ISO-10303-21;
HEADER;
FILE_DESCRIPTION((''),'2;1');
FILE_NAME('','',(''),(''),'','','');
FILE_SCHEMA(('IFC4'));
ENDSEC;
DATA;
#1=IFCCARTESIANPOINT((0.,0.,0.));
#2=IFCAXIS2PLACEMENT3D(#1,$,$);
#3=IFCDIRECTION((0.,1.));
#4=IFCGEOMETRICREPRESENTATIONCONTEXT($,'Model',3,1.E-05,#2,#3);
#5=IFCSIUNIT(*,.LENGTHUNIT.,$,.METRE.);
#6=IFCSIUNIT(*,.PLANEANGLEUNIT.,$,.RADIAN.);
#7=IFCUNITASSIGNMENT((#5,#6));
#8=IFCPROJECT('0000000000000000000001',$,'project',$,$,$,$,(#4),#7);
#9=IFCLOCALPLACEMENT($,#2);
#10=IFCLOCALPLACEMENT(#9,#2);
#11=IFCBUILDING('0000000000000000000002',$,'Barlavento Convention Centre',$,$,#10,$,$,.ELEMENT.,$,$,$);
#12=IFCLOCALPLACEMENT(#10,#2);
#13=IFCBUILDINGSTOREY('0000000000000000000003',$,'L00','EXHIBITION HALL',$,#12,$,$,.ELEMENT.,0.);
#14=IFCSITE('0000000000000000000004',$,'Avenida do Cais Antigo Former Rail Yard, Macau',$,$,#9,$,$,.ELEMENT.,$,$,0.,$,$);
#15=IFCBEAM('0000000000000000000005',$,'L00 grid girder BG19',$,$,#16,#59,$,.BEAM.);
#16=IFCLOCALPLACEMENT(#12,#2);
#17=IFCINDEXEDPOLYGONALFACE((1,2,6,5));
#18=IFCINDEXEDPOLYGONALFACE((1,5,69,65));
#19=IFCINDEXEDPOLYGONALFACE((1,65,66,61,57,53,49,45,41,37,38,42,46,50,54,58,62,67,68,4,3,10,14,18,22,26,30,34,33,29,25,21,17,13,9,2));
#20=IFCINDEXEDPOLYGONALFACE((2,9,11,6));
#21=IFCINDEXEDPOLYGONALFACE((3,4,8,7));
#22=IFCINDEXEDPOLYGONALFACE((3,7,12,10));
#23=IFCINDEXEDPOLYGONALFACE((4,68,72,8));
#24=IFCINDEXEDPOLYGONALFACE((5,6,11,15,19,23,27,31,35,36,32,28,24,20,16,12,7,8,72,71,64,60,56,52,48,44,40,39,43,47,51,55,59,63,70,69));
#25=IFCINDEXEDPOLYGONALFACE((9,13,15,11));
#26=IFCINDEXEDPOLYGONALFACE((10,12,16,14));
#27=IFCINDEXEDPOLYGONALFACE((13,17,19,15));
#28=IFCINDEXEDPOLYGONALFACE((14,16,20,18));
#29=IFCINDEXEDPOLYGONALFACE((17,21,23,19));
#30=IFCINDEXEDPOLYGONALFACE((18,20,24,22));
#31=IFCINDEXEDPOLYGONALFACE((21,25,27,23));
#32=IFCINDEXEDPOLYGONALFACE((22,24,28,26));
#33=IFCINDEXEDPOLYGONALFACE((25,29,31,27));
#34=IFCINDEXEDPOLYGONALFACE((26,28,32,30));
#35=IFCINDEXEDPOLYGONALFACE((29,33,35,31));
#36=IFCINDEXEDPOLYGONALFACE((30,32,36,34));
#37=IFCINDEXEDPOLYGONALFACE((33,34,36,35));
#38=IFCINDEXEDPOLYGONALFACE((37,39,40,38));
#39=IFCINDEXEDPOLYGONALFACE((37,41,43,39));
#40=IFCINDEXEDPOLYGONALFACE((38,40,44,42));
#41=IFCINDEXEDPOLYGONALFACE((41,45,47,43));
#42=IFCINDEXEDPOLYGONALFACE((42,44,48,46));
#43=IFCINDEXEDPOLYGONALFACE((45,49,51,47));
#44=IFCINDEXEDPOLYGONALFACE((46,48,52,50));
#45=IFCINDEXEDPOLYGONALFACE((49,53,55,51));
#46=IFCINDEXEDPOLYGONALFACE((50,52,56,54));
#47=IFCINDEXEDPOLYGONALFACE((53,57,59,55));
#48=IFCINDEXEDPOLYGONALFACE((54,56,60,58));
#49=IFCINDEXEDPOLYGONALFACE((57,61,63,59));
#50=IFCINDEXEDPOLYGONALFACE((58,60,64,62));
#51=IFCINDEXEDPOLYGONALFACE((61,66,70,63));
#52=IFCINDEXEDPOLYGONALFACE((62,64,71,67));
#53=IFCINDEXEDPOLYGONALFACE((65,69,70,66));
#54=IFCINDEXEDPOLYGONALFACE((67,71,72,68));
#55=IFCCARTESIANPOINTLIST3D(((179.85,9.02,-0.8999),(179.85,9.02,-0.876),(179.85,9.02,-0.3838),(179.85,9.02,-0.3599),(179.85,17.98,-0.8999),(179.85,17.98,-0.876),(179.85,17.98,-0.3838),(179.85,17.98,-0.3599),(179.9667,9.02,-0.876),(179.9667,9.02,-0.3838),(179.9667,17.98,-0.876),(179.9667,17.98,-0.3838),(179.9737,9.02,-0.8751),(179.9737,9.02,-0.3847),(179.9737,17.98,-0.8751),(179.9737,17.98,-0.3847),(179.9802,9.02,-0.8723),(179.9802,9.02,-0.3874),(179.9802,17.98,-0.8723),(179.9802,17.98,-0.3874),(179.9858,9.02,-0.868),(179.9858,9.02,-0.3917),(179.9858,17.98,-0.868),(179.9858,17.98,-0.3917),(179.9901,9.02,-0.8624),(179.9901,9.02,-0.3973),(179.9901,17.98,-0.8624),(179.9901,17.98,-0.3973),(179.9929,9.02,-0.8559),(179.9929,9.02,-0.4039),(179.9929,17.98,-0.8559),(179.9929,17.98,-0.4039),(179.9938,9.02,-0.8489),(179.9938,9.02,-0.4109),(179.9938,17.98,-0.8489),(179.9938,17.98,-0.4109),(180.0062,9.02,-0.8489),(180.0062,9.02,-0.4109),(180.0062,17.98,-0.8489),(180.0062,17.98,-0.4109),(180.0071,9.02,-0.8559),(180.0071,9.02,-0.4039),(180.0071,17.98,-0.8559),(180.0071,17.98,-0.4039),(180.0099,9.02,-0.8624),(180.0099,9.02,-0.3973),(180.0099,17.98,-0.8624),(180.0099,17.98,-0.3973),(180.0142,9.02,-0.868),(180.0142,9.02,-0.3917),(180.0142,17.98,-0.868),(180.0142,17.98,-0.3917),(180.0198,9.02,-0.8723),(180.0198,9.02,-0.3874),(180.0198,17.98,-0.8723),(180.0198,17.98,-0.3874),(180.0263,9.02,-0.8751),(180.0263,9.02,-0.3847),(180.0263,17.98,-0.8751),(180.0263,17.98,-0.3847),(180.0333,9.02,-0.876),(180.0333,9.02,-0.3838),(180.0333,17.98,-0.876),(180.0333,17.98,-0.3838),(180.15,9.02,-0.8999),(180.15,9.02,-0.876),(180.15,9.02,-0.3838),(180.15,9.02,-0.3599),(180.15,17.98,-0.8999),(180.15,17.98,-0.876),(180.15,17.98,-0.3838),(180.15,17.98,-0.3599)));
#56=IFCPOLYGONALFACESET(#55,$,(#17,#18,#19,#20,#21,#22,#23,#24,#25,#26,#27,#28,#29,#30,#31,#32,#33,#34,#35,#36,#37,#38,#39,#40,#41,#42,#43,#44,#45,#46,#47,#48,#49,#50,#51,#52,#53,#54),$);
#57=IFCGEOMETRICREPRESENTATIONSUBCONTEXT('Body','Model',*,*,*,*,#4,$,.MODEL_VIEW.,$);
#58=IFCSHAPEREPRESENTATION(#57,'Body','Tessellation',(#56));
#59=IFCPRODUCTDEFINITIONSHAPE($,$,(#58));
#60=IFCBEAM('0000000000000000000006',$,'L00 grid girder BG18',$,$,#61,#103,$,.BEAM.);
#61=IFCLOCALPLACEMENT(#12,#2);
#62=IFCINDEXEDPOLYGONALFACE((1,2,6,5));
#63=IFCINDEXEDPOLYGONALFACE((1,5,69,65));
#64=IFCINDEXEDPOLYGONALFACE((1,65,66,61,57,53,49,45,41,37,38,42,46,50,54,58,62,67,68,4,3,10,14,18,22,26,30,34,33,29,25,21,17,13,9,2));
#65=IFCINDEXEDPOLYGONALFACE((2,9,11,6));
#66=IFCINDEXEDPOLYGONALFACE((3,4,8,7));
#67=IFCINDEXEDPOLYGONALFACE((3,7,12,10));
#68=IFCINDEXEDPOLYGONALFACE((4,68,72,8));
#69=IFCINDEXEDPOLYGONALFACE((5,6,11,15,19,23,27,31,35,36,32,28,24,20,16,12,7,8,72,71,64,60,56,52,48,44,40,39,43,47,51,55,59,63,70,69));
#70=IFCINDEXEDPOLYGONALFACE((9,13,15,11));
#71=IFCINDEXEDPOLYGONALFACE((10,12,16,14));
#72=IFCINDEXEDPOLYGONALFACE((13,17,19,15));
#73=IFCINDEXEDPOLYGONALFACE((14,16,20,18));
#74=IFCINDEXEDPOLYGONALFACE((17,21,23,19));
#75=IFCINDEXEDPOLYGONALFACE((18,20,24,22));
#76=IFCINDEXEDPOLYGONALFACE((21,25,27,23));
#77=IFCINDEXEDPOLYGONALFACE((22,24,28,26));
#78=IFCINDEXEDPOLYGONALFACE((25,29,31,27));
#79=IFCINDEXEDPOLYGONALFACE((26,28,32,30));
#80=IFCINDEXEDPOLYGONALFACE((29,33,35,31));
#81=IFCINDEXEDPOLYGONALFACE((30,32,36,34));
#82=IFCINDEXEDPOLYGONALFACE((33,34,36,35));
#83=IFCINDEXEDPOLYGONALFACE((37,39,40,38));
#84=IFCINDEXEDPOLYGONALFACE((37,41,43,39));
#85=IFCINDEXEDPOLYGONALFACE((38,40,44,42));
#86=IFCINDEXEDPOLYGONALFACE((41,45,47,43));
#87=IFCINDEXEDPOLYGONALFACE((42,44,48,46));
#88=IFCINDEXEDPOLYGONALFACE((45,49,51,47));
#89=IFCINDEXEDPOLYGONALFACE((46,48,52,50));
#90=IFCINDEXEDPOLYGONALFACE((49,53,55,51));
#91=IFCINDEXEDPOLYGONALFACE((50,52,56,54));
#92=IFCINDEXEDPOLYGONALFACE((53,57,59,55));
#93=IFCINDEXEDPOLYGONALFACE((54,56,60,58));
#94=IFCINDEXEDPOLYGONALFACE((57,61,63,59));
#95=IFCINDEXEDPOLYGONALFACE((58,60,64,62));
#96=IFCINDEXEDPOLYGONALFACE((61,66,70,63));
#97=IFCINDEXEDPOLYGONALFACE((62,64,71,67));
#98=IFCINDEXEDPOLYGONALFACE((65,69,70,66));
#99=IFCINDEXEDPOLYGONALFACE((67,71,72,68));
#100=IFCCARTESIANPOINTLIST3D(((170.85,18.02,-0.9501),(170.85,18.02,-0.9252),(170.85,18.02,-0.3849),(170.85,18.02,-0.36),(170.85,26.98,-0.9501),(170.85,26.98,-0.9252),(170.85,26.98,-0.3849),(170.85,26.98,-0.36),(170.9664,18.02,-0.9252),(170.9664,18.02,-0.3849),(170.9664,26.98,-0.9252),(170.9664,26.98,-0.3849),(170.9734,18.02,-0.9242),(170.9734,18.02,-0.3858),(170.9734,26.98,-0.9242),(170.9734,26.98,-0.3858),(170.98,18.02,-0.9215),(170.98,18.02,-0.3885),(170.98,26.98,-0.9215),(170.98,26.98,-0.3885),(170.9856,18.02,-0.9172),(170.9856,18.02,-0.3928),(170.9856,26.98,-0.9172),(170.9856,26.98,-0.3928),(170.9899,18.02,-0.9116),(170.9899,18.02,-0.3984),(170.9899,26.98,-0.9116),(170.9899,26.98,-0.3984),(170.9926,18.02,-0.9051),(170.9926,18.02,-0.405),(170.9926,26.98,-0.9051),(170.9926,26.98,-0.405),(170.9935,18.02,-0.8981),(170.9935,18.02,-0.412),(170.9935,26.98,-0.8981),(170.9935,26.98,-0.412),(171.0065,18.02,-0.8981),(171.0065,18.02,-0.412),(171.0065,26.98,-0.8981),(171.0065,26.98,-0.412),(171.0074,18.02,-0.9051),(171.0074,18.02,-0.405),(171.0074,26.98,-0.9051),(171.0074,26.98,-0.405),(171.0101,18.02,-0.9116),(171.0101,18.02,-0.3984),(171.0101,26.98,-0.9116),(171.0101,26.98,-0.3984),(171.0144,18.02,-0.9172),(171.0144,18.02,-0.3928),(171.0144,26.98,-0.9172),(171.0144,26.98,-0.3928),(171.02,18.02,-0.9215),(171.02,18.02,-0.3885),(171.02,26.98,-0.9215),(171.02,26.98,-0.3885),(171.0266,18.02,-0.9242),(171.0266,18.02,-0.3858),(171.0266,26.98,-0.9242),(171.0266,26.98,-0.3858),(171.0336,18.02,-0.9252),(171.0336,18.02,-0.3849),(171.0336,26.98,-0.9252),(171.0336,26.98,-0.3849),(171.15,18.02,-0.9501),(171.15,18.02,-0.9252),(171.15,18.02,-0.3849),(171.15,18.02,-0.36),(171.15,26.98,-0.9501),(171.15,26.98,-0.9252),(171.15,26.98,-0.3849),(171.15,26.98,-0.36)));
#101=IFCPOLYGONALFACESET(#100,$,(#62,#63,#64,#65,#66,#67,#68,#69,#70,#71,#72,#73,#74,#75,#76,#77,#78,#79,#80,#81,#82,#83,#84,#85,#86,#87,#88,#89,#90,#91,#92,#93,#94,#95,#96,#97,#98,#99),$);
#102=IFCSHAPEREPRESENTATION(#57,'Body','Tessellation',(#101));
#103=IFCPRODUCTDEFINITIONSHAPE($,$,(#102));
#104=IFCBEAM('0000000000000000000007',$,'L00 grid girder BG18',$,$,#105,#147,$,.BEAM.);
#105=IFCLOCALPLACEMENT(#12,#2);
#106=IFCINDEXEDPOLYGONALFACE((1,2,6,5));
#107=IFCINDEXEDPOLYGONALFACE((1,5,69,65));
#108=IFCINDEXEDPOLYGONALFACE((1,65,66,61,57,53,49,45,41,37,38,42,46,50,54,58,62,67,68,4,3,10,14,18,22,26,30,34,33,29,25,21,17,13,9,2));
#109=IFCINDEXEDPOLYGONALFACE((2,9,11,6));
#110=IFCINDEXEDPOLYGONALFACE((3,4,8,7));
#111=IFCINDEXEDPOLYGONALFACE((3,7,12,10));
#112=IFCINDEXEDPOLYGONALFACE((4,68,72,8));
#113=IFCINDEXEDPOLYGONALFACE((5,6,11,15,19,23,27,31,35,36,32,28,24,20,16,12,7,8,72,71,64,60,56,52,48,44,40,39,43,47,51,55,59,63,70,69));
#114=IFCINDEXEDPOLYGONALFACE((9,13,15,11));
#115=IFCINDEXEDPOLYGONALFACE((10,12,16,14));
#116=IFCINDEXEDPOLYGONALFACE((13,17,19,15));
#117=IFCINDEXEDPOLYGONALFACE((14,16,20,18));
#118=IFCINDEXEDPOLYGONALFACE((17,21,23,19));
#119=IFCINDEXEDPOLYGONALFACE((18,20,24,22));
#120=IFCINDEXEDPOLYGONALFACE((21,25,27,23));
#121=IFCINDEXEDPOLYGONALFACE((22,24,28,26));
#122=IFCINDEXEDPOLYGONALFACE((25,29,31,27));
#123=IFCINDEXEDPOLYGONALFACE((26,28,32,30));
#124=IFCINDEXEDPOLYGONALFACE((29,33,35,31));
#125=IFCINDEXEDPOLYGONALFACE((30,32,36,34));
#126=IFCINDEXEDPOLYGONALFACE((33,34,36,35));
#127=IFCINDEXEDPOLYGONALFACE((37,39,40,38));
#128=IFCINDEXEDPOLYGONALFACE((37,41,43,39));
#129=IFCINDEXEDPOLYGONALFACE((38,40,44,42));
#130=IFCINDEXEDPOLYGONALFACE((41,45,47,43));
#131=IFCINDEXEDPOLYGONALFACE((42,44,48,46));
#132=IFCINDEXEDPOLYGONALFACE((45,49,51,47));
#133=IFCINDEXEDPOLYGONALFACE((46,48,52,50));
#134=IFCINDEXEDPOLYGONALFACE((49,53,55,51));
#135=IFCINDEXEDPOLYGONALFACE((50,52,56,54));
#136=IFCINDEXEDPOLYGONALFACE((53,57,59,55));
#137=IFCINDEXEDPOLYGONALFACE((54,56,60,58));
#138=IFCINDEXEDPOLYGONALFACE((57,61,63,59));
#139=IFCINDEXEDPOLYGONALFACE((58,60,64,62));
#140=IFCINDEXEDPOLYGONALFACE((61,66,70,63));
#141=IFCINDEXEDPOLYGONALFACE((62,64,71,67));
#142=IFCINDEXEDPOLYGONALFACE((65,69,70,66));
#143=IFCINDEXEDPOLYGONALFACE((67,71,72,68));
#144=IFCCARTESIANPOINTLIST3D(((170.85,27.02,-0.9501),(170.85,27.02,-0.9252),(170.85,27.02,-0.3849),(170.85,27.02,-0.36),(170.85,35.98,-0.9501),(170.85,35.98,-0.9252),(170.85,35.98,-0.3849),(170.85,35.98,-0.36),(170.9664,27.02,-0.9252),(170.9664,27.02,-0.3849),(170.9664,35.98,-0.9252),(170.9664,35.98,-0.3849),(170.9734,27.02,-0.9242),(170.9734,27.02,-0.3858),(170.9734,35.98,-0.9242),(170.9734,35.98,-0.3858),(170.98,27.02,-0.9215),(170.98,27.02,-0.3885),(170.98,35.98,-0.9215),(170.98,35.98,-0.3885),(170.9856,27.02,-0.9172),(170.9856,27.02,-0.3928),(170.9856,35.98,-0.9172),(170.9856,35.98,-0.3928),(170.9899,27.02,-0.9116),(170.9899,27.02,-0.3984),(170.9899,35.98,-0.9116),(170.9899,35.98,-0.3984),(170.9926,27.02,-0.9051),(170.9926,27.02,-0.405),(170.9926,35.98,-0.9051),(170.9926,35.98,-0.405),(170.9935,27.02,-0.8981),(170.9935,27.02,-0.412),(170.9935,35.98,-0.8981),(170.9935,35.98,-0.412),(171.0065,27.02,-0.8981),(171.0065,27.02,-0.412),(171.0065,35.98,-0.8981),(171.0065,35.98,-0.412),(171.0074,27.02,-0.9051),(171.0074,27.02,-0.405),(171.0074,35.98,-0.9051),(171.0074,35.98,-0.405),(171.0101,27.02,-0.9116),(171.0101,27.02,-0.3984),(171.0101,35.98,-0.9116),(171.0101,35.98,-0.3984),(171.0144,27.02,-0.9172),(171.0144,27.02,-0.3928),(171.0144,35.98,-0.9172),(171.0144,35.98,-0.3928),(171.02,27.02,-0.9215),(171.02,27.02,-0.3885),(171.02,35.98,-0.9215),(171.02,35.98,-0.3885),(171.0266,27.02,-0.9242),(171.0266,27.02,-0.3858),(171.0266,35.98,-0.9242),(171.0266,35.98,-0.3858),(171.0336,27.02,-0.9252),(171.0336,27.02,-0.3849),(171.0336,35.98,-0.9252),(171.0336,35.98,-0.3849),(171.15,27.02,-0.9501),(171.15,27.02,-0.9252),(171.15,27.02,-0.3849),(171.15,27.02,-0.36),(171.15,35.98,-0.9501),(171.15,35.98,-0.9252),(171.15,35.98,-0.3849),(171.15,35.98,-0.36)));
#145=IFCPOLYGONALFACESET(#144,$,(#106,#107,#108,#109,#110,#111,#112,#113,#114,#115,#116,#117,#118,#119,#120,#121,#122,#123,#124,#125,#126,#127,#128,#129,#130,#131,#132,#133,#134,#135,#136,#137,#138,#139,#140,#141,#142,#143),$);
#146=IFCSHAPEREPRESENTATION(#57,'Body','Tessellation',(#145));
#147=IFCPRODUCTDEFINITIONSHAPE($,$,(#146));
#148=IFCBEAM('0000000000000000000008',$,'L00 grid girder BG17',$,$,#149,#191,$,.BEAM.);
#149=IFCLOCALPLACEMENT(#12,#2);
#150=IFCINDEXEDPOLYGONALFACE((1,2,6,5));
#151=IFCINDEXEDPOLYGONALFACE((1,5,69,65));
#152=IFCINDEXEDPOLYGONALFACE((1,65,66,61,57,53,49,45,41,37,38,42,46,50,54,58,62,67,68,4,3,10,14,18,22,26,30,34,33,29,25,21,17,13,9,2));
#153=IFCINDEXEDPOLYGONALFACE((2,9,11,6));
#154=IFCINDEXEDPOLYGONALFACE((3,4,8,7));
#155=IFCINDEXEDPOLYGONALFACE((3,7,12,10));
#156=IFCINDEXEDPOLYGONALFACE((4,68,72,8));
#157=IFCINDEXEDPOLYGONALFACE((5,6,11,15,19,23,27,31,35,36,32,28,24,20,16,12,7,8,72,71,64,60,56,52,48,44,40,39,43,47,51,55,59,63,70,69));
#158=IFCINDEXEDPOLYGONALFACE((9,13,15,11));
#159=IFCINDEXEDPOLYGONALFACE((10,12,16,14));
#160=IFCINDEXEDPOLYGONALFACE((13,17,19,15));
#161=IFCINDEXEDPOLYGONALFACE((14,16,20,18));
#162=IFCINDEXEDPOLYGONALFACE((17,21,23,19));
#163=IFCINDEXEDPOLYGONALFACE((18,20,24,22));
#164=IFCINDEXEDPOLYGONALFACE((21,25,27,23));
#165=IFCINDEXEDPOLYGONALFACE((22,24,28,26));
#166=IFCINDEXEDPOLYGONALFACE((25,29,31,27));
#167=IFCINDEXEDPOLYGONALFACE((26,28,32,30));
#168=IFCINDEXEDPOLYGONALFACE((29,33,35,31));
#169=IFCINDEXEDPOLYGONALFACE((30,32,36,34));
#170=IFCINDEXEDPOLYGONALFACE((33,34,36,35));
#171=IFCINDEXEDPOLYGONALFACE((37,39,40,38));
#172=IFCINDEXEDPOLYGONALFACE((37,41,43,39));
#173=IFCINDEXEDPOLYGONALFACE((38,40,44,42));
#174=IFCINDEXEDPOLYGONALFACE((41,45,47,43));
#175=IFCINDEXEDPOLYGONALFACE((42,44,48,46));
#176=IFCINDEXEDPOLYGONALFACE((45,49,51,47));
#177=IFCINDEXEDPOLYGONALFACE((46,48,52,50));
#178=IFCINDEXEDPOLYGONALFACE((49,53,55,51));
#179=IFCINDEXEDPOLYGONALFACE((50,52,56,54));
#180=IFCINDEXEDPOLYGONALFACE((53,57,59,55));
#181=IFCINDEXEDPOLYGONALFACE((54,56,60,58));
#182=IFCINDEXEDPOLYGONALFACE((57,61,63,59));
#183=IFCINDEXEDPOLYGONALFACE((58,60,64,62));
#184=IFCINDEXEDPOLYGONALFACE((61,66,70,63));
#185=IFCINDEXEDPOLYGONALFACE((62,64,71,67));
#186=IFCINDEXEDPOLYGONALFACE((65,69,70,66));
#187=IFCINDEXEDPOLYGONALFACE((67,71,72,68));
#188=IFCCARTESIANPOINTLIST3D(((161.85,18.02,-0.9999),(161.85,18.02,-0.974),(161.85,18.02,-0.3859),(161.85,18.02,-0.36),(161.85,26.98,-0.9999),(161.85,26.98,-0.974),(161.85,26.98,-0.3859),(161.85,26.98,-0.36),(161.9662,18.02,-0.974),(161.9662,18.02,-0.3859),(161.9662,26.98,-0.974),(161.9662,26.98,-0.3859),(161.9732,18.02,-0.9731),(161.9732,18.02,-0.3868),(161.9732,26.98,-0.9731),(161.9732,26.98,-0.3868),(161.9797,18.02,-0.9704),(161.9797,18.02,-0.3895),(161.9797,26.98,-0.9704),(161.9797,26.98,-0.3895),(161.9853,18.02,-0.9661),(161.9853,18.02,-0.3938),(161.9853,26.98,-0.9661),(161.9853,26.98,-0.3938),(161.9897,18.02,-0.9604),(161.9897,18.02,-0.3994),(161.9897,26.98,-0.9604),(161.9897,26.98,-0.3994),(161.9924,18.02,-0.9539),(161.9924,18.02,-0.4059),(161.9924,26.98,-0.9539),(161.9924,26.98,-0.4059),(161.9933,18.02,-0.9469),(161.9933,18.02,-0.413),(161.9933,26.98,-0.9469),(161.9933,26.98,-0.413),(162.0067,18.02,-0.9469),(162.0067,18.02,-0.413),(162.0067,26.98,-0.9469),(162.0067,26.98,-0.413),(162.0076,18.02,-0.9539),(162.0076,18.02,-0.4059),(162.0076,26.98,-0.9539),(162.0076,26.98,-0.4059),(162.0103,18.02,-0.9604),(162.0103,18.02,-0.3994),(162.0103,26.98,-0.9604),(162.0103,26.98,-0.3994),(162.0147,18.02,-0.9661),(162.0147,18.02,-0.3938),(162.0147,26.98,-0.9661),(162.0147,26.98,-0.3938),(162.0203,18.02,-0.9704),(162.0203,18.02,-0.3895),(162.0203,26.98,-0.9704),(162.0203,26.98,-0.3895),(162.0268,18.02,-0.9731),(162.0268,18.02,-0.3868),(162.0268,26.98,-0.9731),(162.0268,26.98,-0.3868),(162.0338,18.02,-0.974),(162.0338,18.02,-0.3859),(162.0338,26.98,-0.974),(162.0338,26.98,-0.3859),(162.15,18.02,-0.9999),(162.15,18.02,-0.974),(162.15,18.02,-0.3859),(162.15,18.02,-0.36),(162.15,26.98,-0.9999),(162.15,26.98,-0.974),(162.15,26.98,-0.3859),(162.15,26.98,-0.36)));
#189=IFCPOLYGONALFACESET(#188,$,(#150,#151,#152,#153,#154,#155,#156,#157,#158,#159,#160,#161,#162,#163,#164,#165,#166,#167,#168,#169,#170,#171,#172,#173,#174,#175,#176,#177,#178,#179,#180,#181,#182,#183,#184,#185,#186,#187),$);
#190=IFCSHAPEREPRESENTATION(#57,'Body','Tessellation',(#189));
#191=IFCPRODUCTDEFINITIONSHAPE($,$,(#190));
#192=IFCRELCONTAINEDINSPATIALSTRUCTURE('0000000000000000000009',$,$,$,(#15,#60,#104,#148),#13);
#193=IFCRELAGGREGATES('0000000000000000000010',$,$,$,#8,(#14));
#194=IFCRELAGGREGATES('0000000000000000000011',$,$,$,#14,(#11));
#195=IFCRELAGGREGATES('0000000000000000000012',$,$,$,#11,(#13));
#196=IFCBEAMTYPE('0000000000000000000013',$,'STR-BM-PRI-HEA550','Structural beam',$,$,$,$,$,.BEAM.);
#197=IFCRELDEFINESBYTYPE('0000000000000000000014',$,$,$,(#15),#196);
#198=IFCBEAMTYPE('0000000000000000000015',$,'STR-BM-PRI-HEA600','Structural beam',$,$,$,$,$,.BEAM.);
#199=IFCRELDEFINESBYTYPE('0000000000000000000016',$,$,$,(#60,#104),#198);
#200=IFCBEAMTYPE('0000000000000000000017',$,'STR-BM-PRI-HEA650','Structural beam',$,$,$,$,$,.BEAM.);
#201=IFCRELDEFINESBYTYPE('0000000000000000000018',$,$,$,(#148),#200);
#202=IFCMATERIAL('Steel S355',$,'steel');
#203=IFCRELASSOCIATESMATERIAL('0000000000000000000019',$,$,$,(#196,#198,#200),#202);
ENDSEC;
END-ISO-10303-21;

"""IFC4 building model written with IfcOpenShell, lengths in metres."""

from ifc_helpers import new_model, si_unit, direction, frame, origin, origin_2d, place, context, subcontext, project, spatial, i_section, extrude, material, material_profile, profile_set, type_object, element, save


model = new_model("IFC4")

# Units and contexts
model_context = context("Model", 3, precision=1e-05, world=origin(), true_north=direction((0.0, 1.0)))
body_context = subcontext(model_context, "Body", "Model", "MODEL_VIEW")
ifc_project = project(units=[si_unit("LENGTHUNIT", "METRE"), si_unit("PLANEANGLEUNIT", "RADIAN")], contexts=[model_context])

# Site, building, storey
site_placement = place(None, origin())
site = spatial("IfcSite", under=ifc_project, at=site_placement, Name="Avenida do Cais Antigo Former Rail Yard, Macau", CompositionType="ELEMENT", RefElevation=0.0)
building_placement = place(site_placement, origin())
building = spatial("IfcBuilding", under=site, at=building_placement, Name="Barlavento Convention Centre", CompositionType="ELEMENT")
storey_placement = place(building_placement, origin())
storey = spatial("IfcBuildingStorey", under=building, at=storey_placement, Name="L00", Description="EXHIBITION HALL", CompositionType="ELEMENT", Elevation=0.0)

# Beams
ifc_material_1 = material(Name="Steel S355", Category="steel")
ifc_material_profile_1 = material_profile(ifc_material_1, i_section(OverallWidth=0.3, OverallDepth=0.54, WebThickness=0.0125, FlangeThickness=0.0239, FilletRadius=0.0271, at=origin_2d()), Name="HEA 550")
ifc_profile_set_1 = profile_set([ifc_material_profile_1], Name="Steel S355")
beam_type_1 = type_object("IfcBeamType", Name="STR-BM-PRI-HEA550", Description="Structural beam", PredefinedType="BEAM", material=ifc_profile_set_1)
beam_1_placement = place(storey_placement, frame((180.0, 9.02, -0.6299), z_axis=(0.0, 1.0, 0.0), x_axis=(-1.0, 0.0, 0.0)))
element("IfcBeam", 1, at=beam_1_placement, inside=storey, type_object=beam_type_1, Name="L00 grid girder BG19", PredefinedType="BEAM", context=body_context, shape_type="SweptSolid", body=[
    extrude(i_section(OverallWidth=0.3, OverallDepth=0.54, WebThickness=0.0125, FlangeThickness=0.0239, FilletRadius=0.0271, at=origin_2d()), origin(), (0.0, 0.0, 1.0), 8.96),
])
ifc_material_profile_2 = material_profile(ifc_material_1, i_section(OverallWidth=0.3, OverallDepth=0.5901, WebThickness=0.0129, FlangeThickness=0.0249, FilletRadius=0.0271, at=origin_2d()), Name="HEA 600")
ifc_profile_set_2 = profile_set([ifc_material_profile_2], Name="Steel S355")
beam_type_2 = type_object("IfcBeamType", Name="STR-BM-PRI-HEA600", Description="Structural beam", PredefinedType="BEAM", material=ifc_profile_set_2)
for number, where, z_axis, x_axis, name in (
    (2, (171.0, 18.02, -0.655), (0.0, 1.0, 0.0), (-1.0, 0.0, 0.0), "L00 grid girder BG18"),
    (3, (171.0, 27.02, -0.655), (0.0, 1.0, 0.0), (-1.0, 0.0, 0.0), "L00 grid girder BG18"),
):
    element("IfcBeam", number, at=place(storey_placement, frame(where, z_axis=z_axis, x_axis=x_axis)), inside=storey, type_object=beam_type_2, Name=name, PredefinedType="BEAM", context=body_context, shape_type="SweptSolid", body=[
        extrude(i_section(OverallWidth=0.3, OverallDepth=0.5901, WebThickness=0.0129, FlangeThickness=0.0249, FilletRadius=0.0271, at=origin_2d()), origin(), (0.0, 0.0, 1.0), 8.96),
    ])
ifc_material_profile_3 = material_profile(ifc_material_1, i_section(OverallWidth=0.3, OverallDepth=0.6399, WebThickness=0.0134, FlangeThickness=0.0259, FilletRadius=0.0271, at=origin_2d()), Name="HEA 650")
ifc_profile_set_3 = profile_set([ifc_material_profile_3], Name="Steel S355")
beam_type_3 = type_object("IfcBeamType", Name="STR-BM-PRI-HEA650", Description="Structural beam", PredefinedType="BEAM", material=ifc_profile_set_3)
for number, where, z_axis, x_axis, name in (
    (4, (162.0, 18.02, -0.6799), (0.0, 1.0, 0.0), (-1.0, 0.0, 0.0), "L00 grid girder BG17"),
):
    element("IfcBeam", number, at=place(storey_placement, frame(where, z_axis=z_axis, x_axis=x_axis)), inside=storey, type_object=beam_type_3, Name=name, PredefinedType="BEAM", context=body_context, shape_type="SweptSolid", body=[
        extrude(i_section(OverallWidth=0.3, OverallDepth=0.6399, WebThickness=0.0134, FlangeThickness=0.0259, FilletRadius=0.0271, at=origin_2d()), origin(), (0.0, 0.0, 1.0), 8.96),
    ])

save(model, "model.ifc")
